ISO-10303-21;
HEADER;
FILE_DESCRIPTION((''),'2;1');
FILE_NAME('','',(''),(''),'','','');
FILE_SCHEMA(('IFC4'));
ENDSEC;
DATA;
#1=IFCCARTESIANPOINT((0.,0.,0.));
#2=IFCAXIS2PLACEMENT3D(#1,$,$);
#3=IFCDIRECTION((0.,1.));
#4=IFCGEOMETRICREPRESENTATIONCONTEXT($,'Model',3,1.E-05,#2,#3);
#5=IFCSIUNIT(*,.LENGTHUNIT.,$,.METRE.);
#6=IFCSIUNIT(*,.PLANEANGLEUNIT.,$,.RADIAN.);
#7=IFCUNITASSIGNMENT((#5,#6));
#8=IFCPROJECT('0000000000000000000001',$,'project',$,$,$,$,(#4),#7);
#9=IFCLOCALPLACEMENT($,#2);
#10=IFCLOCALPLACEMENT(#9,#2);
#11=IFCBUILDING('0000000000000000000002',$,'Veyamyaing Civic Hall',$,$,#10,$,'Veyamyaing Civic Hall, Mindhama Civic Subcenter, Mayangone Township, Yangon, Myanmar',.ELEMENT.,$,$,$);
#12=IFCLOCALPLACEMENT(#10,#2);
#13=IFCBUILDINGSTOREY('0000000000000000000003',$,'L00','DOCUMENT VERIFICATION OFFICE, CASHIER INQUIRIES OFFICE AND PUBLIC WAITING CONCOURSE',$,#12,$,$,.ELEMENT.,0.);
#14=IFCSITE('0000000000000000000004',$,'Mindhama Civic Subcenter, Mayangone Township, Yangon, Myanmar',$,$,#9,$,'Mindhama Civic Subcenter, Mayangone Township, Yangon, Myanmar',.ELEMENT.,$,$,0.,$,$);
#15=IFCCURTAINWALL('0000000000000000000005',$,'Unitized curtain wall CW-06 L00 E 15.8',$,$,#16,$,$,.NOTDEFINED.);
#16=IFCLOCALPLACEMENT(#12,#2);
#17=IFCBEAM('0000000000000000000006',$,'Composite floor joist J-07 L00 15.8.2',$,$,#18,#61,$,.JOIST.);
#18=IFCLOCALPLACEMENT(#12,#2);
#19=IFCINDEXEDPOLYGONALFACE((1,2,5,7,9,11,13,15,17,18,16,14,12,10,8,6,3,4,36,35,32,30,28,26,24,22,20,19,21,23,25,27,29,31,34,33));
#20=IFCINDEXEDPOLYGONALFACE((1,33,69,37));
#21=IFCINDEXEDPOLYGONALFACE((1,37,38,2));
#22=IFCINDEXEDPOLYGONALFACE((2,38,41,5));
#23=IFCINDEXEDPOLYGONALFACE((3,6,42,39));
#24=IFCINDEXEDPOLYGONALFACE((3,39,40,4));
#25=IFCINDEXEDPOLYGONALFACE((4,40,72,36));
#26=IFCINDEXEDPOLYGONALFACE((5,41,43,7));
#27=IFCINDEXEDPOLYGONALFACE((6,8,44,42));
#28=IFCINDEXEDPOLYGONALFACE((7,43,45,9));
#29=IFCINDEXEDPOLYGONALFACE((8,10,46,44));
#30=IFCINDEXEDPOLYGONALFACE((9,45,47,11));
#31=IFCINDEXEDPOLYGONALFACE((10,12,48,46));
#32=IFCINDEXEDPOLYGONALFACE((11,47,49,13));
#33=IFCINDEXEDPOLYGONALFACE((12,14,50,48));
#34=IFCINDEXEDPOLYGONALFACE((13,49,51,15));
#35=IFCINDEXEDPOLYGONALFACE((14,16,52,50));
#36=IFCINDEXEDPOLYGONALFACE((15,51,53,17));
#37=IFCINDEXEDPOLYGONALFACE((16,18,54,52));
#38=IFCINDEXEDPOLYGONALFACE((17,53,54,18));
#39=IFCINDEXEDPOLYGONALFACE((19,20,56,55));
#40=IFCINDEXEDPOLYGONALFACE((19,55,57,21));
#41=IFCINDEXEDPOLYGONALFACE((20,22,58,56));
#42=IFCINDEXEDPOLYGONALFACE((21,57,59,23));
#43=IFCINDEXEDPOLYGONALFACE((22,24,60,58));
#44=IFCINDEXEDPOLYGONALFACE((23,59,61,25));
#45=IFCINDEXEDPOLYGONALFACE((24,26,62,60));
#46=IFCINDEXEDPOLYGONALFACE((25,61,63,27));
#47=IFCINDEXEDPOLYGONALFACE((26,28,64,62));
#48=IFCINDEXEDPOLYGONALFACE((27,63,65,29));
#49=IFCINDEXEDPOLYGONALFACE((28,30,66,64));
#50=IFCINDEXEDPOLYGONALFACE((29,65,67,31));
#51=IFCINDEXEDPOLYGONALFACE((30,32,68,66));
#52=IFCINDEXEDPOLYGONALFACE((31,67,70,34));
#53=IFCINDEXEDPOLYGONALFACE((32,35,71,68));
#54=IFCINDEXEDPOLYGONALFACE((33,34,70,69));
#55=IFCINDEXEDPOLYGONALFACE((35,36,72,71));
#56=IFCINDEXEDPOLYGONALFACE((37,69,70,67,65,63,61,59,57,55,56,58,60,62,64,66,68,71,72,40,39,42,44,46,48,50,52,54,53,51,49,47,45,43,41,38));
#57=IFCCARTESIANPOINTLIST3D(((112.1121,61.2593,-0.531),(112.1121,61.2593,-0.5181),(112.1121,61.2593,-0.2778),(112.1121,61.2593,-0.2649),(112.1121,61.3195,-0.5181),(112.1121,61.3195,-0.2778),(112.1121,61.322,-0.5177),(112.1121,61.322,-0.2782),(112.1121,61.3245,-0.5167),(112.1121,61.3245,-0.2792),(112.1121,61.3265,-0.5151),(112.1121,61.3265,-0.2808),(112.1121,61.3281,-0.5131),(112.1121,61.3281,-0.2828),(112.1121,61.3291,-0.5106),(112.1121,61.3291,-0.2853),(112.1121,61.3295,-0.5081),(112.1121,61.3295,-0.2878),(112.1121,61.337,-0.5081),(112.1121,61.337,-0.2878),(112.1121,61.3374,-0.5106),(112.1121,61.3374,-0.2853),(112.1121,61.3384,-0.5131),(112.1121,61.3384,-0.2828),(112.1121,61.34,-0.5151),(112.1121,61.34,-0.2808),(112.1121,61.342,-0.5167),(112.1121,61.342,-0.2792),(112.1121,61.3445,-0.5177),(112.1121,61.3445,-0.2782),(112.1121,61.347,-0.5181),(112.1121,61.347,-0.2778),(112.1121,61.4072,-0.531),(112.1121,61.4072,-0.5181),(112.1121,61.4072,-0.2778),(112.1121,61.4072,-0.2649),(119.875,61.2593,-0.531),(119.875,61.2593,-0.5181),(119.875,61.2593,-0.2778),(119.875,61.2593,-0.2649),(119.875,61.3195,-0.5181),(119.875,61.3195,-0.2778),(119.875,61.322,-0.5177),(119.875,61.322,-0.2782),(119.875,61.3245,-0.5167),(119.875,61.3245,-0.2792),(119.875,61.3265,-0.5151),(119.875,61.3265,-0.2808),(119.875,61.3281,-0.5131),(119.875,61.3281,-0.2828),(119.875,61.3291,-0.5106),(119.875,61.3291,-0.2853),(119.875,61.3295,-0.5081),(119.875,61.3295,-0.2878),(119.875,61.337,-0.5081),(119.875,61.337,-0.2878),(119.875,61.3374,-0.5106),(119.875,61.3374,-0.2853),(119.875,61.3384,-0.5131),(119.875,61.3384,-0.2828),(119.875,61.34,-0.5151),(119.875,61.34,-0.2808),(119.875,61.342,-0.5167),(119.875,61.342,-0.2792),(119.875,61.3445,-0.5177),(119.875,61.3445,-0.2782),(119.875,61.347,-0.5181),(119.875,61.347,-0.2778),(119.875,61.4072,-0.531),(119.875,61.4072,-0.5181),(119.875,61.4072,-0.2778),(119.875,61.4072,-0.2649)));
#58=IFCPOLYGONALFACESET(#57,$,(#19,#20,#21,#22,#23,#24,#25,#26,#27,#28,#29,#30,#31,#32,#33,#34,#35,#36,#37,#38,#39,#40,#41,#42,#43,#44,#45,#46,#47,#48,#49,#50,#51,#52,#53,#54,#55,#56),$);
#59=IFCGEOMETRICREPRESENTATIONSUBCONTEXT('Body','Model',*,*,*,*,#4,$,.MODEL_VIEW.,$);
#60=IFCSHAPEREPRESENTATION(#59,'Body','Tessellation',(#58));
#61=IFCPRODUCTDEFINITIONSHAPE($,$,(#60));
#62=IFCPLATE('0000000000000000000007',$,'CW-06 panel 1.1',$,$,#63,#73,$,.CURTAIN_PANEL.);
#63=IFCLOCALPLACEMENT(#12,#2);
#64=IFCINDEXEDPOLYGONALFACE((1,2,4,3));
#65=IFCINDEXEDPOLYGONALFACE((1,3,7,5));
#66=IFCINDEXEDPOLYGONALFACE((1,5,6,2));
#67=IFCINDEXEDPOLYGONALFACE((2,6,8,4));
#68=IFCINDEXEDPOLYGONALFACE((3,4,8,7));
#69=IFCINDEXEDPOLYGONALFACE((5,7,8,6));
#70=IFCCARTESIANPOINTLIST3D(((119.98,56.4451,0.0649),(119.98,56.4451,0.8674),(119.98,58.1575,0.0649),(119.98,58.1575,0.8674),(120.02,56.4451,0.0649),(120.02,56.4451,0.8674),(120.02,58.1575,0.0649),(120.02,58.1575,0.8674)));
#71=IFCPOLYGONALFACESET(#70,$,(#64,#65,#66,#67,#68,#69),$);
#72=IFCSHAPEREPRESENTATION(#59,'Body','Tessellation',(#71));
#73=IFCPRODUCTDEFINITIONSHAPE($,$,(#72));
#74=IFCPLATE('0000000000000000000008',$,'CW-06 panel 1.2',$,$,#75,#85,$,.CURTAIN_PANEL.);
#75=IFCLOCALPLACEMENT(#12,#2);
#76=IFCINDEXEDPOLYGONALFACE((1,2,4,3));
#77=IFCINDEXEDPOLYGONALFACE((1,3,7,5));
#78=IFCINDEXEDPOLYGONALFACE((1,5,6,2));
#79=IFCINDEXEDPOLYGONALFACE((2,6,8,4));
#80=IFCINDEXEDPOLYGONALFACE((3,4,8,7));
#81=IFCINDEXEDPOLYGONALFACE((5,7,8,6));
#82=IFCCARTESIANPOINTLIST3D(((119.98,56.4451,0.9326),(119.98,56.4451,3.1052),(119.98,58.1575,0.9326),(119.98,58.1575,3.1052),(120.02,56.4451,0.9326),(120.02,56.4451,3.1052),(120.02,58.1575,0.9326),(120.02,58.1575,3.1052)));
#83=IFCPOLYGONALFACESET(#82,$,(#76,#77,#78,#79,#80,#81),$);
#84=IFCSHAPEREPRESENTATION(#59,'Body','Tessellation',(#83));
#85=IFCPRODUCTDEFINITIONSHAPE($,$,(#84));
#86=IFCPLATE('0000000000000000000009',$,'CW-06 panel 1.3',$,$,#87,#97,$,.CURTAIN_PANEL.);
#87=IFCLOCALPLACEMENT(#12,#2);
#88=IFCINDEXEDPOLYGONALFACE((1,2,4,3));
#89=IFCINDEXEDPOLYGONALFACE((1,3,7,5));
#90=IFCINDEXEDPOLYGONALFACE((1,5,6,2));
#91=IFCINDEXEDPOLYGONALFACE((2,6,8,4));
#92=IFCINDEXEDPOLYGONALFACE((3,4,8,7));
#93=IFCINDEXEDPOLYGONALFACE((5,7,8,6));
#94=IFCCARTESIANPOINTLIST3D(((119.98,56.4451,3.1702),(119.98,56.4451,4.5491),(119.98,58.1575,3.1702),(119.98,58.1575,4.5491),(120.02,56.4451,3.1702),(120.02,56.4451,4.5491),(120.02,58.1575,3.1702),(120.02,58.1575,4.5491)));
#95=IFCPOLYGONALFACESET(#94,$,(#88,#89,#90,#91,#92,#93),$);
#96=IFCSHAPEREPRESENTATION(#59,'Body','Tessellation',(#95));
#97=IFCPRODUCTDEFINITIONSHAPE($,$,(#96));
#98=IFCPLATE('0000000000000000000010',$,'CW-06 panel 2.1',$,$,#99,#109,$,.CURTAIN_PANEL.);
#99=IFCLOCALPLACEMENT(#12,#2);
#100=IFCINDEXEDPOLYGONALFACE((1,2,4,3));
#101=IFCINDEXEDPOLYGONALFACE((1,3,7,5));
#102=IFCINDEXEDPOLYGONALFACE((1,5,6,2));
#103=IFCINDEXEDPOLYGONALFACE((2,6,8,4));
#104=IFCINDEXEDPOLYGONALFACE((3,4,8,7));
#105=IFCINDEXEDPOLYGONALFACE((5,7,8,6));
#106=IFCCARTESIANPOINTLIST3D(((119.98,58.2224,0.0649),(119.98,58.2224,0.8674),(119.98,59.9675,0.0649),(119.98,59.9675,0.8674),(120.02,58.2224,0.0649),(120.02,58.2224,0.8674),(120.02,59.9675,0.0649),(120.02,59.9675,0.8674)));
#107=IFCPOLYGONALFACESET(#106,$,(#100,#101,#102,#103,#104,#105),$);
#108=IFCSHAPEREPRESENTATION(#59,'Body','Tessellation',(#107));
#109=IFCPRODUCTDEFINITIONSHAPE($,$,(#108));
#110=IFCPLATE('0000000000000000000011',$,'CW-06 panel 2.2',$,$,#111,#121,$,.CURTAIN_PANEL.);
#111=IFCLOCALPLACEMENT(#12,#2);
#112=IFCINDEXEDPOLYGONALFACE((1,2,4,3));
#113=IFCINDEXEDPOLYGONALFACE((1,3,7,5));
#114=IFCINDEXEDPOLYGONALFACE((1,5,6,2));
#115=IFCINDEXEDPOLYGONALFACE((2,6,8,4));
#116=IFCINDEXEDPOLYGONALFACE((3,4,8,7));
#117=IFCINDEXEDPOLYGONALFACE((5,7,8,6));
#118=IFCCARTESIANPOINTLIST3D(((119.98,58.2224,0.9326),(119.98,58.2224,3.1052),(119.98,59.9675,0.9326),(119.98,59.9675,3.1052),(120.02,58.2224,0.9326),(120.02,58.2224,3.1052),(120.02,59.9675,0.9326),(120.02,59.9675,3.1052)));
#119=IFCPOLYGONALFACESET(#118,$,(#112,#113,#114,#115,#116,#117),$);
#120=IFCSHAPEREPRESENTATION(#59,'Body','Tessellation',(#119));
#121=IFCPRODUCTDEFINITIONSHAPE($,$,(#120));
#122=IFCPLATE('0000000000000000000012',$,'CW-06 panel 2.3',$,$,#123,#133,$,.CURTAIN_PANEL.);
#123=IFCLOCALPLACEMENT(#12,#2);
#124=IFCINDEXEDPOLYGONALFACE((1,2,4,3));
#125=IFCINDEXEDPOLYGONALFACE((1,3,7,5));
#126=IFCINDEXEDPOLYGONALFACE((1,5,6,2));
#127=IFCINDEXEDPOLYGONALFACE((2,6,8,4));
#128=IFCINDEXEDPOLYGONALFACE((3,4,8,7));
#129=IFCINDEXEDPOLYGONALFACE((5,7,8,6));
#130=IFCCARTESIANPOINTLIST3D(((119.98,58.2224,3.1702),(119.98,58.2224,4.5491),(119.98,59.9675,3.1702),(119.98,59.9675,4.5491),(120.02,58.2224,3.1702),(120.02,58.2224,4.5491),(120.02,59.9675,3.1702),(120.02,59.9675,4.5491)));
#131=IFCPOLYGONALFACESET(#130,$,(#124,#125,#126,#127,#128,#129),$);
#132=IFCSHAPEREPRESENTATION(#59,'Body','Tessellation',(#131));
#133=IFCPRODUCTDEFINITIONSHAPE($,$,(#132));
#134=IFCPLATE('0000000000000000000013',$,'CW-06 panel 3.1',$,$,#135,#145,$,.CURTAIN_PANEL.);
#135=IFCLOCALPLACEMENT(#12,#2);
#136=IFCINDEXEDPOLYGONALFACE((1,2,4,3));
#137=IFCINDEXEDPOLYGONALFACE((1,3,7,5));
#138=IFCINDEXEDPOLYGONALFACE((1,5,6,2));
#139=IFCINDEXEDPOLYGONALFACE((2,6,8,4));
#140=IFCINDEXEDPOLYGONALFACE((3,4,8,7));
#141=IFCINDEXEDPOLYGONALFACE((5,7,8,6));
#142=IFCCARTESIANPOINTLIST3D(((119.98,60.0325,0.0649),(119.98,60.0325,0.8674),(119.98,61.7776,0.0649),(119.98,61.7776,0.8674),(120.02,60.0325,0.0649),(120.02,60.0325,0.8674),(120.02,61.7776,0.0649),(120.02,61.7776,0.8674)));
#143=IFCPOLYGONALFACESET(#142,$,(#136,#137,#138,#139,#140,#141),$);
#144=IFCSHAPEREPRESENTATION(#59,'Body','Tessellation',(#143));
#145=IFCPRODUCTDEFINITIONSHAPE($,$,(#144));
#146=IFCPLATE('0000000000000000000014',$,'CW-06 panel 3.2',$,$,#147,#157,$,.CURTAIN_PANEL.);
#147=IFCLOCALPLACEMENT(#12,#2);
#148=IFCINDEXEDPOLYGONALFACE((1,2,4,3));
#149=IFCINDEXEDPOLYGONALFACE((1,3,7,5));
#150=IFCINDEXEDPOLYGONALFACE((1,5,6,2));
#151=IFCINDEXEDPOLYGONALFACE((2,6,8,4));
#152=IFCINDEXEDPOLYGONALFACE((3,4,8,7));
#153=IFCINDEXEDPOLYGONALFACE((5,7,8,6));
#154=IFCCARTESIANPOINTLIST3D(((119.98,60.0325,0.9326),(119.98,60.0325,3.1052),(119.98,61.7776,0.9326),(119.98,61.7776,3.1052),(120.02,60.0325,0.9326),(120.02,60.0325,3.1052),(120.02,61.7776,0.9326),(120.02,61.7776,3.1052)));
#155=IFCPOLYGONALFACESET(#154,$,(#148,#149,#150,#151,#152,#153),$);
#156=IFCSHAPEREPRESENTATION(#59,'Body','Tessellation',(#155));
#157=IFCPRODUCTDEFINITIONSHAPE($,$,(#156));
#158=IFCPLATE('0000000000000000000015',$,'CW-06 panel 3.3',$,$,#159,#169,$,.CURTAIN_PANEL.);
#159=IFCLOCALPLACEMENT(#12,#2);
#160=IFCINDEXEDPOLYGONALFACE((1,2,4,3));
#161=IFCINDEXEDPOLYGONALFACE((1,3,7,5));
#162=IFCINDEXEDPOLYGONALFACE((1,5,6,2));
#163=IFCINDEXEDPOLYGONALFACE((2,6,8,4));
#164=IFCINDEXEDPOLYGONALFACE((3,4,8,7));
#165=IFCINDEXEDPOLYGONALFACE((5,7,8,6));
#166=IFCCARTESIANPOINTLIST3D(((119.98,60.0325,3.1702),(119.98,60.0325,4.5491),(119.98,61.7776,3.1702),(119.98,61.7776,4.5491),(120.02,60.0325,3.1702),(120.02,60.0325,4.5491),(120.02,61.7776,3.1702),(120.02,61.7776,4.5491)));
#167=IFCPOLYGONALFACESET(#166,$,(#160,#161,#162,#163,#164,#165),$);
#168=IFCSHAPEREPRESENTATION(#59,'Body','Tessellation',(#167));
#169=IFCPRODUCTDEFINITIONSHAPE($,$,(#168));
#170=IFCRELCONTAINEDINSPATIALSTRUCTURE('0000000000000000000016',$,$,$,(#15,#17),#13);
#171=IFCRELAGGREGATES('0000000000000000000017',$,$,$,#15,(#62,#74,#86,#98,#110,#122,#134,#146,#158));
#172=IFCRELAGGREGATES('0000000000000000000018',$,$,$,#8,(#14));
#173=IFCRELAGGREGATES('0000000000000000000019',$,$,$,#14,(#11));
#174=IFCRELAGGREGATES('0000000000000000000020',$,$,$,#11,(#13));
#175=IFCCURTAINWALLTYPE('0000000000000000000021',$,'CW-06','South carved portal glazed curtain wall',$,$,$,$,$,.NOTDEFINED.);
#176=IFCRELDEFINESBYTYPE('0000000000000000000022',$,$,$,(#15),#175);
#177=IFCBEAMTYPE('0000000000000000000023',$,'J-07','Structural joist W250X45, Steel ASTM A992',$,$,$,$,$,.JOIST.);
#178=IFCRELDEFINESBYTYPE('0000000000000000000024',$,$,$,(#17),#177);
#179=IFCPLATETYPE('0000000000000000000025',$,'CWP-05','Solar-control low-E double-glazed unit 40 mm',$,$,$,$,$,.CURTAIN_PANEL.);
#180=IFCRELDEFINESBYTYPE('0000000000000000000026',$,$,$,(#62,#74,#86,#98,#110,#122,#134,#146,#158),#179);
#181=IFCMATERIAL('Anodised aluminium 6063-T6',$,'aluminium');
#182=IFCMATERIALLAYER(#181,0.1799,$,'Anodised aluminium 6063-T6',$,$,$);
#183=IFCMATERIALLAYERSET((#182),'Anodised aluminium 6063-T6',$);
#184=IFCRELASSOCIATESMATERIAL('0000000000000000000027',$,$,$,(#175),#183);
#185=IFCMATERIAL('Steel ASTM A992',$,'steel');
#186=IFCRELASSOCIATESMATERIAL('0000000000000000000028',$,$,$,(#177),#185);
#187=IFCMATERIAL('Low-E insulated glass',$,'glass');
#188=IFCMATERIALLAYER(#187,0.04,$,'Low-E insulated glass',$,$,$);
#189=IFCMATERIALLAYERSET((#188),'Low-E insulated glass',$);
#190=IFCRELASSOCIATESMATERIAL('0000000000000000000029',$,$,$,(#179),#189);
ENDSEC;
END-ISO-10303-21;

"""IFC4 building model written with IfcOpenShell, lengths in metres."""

from ifc_helpers import new_model, si_unit, direction, frame, origin, origin_2d, place, context, subcontext, project, spatial, rectangle, i_section, extrude, material, layer, layer_set, material_profile, profile_set, type_object, element, aggregate, save


model = new_model("IFC4")

# Units and contexts
model_context = context("Model", 3, precision=1e-05, world=origin(), true_north=direction((0.0, 1.0)))
body_context = subcontext(model_context, "Body", "Model", "MODEL_VIEW")
ifc_project = project(units=[si_unit("LENGTHUNIT", "METRE"), si_unit("PLANEANGLEUNIT", "RADIAN")], contexts=[model_context])

# Site, building, storey
site_placement = place(None, origin())
site = spatial("IfcSite", under=ifc_project, at=site_placement, Name="Mindhama Civic Subcenter, Mayangone Township, Yangon, Myanmar", LongName="Mindhama Civic Subcenter, Mayangone Township, Yangon, Myanmar", CompositionType="ELEMENT", RefElevation=0.0)
building_placement = place(site_placement, origin())
building = spatial("IfcBuilding", under=site, at=building_placement, Name="Veyamyaing Civic Hall", LongName="Veyamyaing Civic Hall, Mindhama Civic Subcenter, Mayangone Township, Yangon, Myanmar", CompositionType="ELEMENT")
storey_placement = place(building_placement, origin())
storey = spatial("IfcBuildingStorey", under=building, at=storey_placement, Name="L00", Description="DOCUMENT VERIFICATION OFFICE, CASHIER INQUIRIES OFFICE AND PUBLIC WAITING CONCOURSE", CompositionType="ELEMENT", Elevation=0.0)

# Shared definitions
ifc_material_1 = material(Name="Steel ASTM A992", Category="steel")

# Curtain wall
ifc_material_2 = material(Name="Anodised aluminium 6063-T6", Category="aluminium")
ifc_layer_1 = layer(ifc_material_2, 0.1799, Name="Anodised aluminium 6063-T6")
ifc_layer_set_1 = layer_set([ifc_layer_1], Name="Anodised aluminium 6063-T6")
curtain_wall_type = type_object("IfcCurtainWallType", Name="CW-06", Description="South carved portal glazed curtain wall", PredefinedType="NOTDEFINED", material=ifc_layer_set_1)
curtain_wall_placement = place(storey_placement, origin())
curtain_wall = element("IfcCurtainWall", 1, at=curtain_wall_placement, inside=storey, type_object=curtain_wall_type, Name="Unitized curtain wall CW-06 L00 E 15.8", PredefinedType="NOTDEFINED")

# Beam
ifc_material_profile_1 = material_profile(ifc_material_1, i_section(OverallWidth=0.1479, OverallDepth=0.2661, WebThickness=0.0076, FlangeThickness=0.0129, FilletRadius=0.01, at=origin_2d()), Name="W250X45")
ifc_profile_set_1 = profile_set([ifc_material_profile_1], Name="Steel ASTM A992")
beam_type_1 = type_object("IfcBeamType", Name="J-07", Description="Structural joist W250X45, Steel ASTM A992", PredefinedType="JOIST", material=ifc_profile_set_1)
for number, where, z_axis, x_axis, name in (
    (2, (112.1121, 61.3333, -0.3979), (1.0, 0.0, 0.0), (0.0, 1.0, 0.0), "Composite floor joist J-07 L00 15.8.2"),
):
    element("IfcBeam", number, at=place(storey_placement, frame(where, z_axis=z_axis, x_axis=x_axis)), inside=storey, type_object=beam_type_1, Name=name, PredefinedType="JOIST", context=body_context, shape_type="SweptSolid", body=[
        extrude(i_section(OverallWidth=0.1479, OverallDepth=0.2661, WebThickness=0.0076, FlangeThickness=0.0129, FilletRadius=0.01, at=origin_2d()), origin(), (0.0, 0.0, 1.0), 7.7629),
    ])

# Plates
ifc_material_3 = material(Name="Low-E insulated glass", Category="glass")
ifc_layer_2 = layer(ifc_material_3, 0.04, Name="Low-E insulated glass")
ifc_layer_set_2 = layer_set([ifc_layer_2], Name="Low-E insulated glass")
plate_type = type_object("IfcPlateType", Name="CWP-05", Description="Solar-control low-E double-glazed unit 40 mm", PredefinedType="CURTAIN_PANEL", material=ifc_layer_set_2)
plate_1_placement = place(storey_placement, frame((120.0, 57.3013, 0.0649), z_axis=(0.0, 0.0, 1.0), x_axis=(0.0, 1.0, 0.0)))
plate_1 = element("IfcPlate", 3, at=plate_1_placement, type_object=plate_type, Name="CW-06 panel 1.1", PredefinedType="CURTAIN_PANEL", context=body_context, shape_type="SweptSolid", body=[
    extrude(rectangle(XDim=1.7124, YDim=0.04, at=origin_2d()), origin(), (0.0, 0.0, 1.0), 0.8025),
])
plate_2_placement = place(storey_placement, frame((120.0, 57.3013, 0.9326), z_axis=(0.0, 0.0, 1.0), x_axis=(0.0, 1.0, 0.0)))
plate_2 = element("IfcPlate", 4, at=plate_2_placement, type_object=plate_type, Name="CW-06 panel 1.2", PredefinedType="CURTAIN_PANEL", context=body_context, shape_type="SweptSolid", body=[
    extrude(rectangle(XDim=1.7124, YDim=0.04, at=origin_2d()), origin(), (0.0, 0.0, 1.0), 2.1726),
])
plate_3_placement = place(storey_placement, frame((120.0, 57.3013, 3.1702), z_axis=(0.0, 0.0, 1.0), x_axis=(0.0, 1.0, 0.0)))
plate_3 = element("IfcPlate", 5, at=plate_3_placement, type_object=plate_type, Name="CW-06 panel 1.3", PredefinedType="CURTAIN_PANEL", context=body_context, shape_type="SweptSolid", body=[
    extrude(rectangle(XDim=1.7124, YDim=0.04, at=origin_2d()), origin(), (0.0, 0.0, 1.0), 1.3789),
])
plate_4_placement = place(storey_placement, frame((120.0, 59.095, 0.0649), z_axis=(0.0, 0.0, 1.0), x_axis=(0.0, 1.0, 0.0)))
plate_4 = element("IfcPlate", 6, at=plate_4_placement, type_object=plate_type, Name="CW-06 panel 2.1", PredefinedType="CURTAIN_PANEL", context=body_context, shape_type="SweptSolid", body=[
    extrude(rectangle(XDim=1.7451, YDim=0.04, at=origin_2d()), origin(), (0.0, 0.0, 1.0), 0.8025),
])
plate_5_placement = place(storey_placement, frame((120.0, 59.095, 0.9326), z_axis=(0.0, 0.0, 1.0), x_axis=(0.0, 1.0, 0.0)))
plate_5 = element("IfcPlate", 7, at=plate_5_placement, type_object=plate_type, Name="CW-06 panel 2.2", PredefinedType="CURTAIN_PANEL", context=body_context, shape_type="SweptSolid", body=[
    extrude(rectangle(XDim=1.7451, YDim=0.04, at=origin_2d()), origin(), (0.0, 0.0, 1.0), 2.1726),
])
plate_6_placement = place(storey_placement, frame((120.0, 59.095, 3.1702), z_axis=(0.0, 0.0, 1.0), x_axis=(0.0, 1.0, 0.0)))
plate_6 = element("IfcPlate", 8, at=plate_6_placement, type_object=plate_type, Name="CW-06 panel 2.3", PredefinedType="CURTAIN_PANEL", context=body_context, shape_type="SweptSolid", body=[
    extrude(rectangle(XDim=1.7451, YDim=0.04, at=origin_2d()), origin(), (0.0, 0.0, 1.0), 1.3789),
])
plate_7_placement = place(storey_placement, frame((120.0, 60.905, 0.0649), z_axis=(0.0, 0.0, 1.0), x_axis=(0.0, 1.0, 0.0)))
plate_7 = element("IfcPlate", 9, at=plate_7_placement, type_object=plate_type, Name="CW-06 panel 3.1", PredefinedType="CURTAIN_PANEL", context=body_context, shape_type="SweptSolid", body=[
    extrude(rectangle(XDim=1.7451, YDim=0.04, at=origin_2d()), origin(), (0.0, 0.0, 1.0), 0.8025),
])
plate_8_placement = place(storey_placement, frame((120.0, 60.905, 0.9326), z_axis=(0.0, 0.0, 1.0), x_axis=(0.0, 1.0, 0.0)))
plate_8 = element("IfcPlate", 10, at=plate_8_placement, type_object=plate_type, Name="CW-06 panel 3.2", PredefinedType="CURTAIN_PANEL", context=body_context, shape_type="SweptSolid", body=[
    extrude(rectangle(XDim=1.7451, YDim=0.04, at=origin_2d()), origin(), (0.0, 0.0, 1.0), 2.1726),
])
plate_9_placement = place(storey_placement, frame((120.0, 60.905, 3.1702), z_axis=(0.0, 0.0, 1.0), x_axis=(0.0, 1.0, 0.0)))
plate_9 = element("IfcPlate", 11, at=plate_9_placement, type_object=plate_type, Name="CW-06 panel 3.3", PredefinedType="CURTAIN_PANEL", context=body_context, shape_type="SweptSolid", body=[
    extrude(rectangle(XDim=1.7451, YDim=0.04, at=origin_2d()), origin(), (0.0, 0.0, 1.0), 1.3789),
])
aggregate(curtain_wall, [plate_1, plate_2, plate_3, plate_4, plate_5, plate_6, plate_7, plate_8, plate_9])

save(model, "model.ifc")
